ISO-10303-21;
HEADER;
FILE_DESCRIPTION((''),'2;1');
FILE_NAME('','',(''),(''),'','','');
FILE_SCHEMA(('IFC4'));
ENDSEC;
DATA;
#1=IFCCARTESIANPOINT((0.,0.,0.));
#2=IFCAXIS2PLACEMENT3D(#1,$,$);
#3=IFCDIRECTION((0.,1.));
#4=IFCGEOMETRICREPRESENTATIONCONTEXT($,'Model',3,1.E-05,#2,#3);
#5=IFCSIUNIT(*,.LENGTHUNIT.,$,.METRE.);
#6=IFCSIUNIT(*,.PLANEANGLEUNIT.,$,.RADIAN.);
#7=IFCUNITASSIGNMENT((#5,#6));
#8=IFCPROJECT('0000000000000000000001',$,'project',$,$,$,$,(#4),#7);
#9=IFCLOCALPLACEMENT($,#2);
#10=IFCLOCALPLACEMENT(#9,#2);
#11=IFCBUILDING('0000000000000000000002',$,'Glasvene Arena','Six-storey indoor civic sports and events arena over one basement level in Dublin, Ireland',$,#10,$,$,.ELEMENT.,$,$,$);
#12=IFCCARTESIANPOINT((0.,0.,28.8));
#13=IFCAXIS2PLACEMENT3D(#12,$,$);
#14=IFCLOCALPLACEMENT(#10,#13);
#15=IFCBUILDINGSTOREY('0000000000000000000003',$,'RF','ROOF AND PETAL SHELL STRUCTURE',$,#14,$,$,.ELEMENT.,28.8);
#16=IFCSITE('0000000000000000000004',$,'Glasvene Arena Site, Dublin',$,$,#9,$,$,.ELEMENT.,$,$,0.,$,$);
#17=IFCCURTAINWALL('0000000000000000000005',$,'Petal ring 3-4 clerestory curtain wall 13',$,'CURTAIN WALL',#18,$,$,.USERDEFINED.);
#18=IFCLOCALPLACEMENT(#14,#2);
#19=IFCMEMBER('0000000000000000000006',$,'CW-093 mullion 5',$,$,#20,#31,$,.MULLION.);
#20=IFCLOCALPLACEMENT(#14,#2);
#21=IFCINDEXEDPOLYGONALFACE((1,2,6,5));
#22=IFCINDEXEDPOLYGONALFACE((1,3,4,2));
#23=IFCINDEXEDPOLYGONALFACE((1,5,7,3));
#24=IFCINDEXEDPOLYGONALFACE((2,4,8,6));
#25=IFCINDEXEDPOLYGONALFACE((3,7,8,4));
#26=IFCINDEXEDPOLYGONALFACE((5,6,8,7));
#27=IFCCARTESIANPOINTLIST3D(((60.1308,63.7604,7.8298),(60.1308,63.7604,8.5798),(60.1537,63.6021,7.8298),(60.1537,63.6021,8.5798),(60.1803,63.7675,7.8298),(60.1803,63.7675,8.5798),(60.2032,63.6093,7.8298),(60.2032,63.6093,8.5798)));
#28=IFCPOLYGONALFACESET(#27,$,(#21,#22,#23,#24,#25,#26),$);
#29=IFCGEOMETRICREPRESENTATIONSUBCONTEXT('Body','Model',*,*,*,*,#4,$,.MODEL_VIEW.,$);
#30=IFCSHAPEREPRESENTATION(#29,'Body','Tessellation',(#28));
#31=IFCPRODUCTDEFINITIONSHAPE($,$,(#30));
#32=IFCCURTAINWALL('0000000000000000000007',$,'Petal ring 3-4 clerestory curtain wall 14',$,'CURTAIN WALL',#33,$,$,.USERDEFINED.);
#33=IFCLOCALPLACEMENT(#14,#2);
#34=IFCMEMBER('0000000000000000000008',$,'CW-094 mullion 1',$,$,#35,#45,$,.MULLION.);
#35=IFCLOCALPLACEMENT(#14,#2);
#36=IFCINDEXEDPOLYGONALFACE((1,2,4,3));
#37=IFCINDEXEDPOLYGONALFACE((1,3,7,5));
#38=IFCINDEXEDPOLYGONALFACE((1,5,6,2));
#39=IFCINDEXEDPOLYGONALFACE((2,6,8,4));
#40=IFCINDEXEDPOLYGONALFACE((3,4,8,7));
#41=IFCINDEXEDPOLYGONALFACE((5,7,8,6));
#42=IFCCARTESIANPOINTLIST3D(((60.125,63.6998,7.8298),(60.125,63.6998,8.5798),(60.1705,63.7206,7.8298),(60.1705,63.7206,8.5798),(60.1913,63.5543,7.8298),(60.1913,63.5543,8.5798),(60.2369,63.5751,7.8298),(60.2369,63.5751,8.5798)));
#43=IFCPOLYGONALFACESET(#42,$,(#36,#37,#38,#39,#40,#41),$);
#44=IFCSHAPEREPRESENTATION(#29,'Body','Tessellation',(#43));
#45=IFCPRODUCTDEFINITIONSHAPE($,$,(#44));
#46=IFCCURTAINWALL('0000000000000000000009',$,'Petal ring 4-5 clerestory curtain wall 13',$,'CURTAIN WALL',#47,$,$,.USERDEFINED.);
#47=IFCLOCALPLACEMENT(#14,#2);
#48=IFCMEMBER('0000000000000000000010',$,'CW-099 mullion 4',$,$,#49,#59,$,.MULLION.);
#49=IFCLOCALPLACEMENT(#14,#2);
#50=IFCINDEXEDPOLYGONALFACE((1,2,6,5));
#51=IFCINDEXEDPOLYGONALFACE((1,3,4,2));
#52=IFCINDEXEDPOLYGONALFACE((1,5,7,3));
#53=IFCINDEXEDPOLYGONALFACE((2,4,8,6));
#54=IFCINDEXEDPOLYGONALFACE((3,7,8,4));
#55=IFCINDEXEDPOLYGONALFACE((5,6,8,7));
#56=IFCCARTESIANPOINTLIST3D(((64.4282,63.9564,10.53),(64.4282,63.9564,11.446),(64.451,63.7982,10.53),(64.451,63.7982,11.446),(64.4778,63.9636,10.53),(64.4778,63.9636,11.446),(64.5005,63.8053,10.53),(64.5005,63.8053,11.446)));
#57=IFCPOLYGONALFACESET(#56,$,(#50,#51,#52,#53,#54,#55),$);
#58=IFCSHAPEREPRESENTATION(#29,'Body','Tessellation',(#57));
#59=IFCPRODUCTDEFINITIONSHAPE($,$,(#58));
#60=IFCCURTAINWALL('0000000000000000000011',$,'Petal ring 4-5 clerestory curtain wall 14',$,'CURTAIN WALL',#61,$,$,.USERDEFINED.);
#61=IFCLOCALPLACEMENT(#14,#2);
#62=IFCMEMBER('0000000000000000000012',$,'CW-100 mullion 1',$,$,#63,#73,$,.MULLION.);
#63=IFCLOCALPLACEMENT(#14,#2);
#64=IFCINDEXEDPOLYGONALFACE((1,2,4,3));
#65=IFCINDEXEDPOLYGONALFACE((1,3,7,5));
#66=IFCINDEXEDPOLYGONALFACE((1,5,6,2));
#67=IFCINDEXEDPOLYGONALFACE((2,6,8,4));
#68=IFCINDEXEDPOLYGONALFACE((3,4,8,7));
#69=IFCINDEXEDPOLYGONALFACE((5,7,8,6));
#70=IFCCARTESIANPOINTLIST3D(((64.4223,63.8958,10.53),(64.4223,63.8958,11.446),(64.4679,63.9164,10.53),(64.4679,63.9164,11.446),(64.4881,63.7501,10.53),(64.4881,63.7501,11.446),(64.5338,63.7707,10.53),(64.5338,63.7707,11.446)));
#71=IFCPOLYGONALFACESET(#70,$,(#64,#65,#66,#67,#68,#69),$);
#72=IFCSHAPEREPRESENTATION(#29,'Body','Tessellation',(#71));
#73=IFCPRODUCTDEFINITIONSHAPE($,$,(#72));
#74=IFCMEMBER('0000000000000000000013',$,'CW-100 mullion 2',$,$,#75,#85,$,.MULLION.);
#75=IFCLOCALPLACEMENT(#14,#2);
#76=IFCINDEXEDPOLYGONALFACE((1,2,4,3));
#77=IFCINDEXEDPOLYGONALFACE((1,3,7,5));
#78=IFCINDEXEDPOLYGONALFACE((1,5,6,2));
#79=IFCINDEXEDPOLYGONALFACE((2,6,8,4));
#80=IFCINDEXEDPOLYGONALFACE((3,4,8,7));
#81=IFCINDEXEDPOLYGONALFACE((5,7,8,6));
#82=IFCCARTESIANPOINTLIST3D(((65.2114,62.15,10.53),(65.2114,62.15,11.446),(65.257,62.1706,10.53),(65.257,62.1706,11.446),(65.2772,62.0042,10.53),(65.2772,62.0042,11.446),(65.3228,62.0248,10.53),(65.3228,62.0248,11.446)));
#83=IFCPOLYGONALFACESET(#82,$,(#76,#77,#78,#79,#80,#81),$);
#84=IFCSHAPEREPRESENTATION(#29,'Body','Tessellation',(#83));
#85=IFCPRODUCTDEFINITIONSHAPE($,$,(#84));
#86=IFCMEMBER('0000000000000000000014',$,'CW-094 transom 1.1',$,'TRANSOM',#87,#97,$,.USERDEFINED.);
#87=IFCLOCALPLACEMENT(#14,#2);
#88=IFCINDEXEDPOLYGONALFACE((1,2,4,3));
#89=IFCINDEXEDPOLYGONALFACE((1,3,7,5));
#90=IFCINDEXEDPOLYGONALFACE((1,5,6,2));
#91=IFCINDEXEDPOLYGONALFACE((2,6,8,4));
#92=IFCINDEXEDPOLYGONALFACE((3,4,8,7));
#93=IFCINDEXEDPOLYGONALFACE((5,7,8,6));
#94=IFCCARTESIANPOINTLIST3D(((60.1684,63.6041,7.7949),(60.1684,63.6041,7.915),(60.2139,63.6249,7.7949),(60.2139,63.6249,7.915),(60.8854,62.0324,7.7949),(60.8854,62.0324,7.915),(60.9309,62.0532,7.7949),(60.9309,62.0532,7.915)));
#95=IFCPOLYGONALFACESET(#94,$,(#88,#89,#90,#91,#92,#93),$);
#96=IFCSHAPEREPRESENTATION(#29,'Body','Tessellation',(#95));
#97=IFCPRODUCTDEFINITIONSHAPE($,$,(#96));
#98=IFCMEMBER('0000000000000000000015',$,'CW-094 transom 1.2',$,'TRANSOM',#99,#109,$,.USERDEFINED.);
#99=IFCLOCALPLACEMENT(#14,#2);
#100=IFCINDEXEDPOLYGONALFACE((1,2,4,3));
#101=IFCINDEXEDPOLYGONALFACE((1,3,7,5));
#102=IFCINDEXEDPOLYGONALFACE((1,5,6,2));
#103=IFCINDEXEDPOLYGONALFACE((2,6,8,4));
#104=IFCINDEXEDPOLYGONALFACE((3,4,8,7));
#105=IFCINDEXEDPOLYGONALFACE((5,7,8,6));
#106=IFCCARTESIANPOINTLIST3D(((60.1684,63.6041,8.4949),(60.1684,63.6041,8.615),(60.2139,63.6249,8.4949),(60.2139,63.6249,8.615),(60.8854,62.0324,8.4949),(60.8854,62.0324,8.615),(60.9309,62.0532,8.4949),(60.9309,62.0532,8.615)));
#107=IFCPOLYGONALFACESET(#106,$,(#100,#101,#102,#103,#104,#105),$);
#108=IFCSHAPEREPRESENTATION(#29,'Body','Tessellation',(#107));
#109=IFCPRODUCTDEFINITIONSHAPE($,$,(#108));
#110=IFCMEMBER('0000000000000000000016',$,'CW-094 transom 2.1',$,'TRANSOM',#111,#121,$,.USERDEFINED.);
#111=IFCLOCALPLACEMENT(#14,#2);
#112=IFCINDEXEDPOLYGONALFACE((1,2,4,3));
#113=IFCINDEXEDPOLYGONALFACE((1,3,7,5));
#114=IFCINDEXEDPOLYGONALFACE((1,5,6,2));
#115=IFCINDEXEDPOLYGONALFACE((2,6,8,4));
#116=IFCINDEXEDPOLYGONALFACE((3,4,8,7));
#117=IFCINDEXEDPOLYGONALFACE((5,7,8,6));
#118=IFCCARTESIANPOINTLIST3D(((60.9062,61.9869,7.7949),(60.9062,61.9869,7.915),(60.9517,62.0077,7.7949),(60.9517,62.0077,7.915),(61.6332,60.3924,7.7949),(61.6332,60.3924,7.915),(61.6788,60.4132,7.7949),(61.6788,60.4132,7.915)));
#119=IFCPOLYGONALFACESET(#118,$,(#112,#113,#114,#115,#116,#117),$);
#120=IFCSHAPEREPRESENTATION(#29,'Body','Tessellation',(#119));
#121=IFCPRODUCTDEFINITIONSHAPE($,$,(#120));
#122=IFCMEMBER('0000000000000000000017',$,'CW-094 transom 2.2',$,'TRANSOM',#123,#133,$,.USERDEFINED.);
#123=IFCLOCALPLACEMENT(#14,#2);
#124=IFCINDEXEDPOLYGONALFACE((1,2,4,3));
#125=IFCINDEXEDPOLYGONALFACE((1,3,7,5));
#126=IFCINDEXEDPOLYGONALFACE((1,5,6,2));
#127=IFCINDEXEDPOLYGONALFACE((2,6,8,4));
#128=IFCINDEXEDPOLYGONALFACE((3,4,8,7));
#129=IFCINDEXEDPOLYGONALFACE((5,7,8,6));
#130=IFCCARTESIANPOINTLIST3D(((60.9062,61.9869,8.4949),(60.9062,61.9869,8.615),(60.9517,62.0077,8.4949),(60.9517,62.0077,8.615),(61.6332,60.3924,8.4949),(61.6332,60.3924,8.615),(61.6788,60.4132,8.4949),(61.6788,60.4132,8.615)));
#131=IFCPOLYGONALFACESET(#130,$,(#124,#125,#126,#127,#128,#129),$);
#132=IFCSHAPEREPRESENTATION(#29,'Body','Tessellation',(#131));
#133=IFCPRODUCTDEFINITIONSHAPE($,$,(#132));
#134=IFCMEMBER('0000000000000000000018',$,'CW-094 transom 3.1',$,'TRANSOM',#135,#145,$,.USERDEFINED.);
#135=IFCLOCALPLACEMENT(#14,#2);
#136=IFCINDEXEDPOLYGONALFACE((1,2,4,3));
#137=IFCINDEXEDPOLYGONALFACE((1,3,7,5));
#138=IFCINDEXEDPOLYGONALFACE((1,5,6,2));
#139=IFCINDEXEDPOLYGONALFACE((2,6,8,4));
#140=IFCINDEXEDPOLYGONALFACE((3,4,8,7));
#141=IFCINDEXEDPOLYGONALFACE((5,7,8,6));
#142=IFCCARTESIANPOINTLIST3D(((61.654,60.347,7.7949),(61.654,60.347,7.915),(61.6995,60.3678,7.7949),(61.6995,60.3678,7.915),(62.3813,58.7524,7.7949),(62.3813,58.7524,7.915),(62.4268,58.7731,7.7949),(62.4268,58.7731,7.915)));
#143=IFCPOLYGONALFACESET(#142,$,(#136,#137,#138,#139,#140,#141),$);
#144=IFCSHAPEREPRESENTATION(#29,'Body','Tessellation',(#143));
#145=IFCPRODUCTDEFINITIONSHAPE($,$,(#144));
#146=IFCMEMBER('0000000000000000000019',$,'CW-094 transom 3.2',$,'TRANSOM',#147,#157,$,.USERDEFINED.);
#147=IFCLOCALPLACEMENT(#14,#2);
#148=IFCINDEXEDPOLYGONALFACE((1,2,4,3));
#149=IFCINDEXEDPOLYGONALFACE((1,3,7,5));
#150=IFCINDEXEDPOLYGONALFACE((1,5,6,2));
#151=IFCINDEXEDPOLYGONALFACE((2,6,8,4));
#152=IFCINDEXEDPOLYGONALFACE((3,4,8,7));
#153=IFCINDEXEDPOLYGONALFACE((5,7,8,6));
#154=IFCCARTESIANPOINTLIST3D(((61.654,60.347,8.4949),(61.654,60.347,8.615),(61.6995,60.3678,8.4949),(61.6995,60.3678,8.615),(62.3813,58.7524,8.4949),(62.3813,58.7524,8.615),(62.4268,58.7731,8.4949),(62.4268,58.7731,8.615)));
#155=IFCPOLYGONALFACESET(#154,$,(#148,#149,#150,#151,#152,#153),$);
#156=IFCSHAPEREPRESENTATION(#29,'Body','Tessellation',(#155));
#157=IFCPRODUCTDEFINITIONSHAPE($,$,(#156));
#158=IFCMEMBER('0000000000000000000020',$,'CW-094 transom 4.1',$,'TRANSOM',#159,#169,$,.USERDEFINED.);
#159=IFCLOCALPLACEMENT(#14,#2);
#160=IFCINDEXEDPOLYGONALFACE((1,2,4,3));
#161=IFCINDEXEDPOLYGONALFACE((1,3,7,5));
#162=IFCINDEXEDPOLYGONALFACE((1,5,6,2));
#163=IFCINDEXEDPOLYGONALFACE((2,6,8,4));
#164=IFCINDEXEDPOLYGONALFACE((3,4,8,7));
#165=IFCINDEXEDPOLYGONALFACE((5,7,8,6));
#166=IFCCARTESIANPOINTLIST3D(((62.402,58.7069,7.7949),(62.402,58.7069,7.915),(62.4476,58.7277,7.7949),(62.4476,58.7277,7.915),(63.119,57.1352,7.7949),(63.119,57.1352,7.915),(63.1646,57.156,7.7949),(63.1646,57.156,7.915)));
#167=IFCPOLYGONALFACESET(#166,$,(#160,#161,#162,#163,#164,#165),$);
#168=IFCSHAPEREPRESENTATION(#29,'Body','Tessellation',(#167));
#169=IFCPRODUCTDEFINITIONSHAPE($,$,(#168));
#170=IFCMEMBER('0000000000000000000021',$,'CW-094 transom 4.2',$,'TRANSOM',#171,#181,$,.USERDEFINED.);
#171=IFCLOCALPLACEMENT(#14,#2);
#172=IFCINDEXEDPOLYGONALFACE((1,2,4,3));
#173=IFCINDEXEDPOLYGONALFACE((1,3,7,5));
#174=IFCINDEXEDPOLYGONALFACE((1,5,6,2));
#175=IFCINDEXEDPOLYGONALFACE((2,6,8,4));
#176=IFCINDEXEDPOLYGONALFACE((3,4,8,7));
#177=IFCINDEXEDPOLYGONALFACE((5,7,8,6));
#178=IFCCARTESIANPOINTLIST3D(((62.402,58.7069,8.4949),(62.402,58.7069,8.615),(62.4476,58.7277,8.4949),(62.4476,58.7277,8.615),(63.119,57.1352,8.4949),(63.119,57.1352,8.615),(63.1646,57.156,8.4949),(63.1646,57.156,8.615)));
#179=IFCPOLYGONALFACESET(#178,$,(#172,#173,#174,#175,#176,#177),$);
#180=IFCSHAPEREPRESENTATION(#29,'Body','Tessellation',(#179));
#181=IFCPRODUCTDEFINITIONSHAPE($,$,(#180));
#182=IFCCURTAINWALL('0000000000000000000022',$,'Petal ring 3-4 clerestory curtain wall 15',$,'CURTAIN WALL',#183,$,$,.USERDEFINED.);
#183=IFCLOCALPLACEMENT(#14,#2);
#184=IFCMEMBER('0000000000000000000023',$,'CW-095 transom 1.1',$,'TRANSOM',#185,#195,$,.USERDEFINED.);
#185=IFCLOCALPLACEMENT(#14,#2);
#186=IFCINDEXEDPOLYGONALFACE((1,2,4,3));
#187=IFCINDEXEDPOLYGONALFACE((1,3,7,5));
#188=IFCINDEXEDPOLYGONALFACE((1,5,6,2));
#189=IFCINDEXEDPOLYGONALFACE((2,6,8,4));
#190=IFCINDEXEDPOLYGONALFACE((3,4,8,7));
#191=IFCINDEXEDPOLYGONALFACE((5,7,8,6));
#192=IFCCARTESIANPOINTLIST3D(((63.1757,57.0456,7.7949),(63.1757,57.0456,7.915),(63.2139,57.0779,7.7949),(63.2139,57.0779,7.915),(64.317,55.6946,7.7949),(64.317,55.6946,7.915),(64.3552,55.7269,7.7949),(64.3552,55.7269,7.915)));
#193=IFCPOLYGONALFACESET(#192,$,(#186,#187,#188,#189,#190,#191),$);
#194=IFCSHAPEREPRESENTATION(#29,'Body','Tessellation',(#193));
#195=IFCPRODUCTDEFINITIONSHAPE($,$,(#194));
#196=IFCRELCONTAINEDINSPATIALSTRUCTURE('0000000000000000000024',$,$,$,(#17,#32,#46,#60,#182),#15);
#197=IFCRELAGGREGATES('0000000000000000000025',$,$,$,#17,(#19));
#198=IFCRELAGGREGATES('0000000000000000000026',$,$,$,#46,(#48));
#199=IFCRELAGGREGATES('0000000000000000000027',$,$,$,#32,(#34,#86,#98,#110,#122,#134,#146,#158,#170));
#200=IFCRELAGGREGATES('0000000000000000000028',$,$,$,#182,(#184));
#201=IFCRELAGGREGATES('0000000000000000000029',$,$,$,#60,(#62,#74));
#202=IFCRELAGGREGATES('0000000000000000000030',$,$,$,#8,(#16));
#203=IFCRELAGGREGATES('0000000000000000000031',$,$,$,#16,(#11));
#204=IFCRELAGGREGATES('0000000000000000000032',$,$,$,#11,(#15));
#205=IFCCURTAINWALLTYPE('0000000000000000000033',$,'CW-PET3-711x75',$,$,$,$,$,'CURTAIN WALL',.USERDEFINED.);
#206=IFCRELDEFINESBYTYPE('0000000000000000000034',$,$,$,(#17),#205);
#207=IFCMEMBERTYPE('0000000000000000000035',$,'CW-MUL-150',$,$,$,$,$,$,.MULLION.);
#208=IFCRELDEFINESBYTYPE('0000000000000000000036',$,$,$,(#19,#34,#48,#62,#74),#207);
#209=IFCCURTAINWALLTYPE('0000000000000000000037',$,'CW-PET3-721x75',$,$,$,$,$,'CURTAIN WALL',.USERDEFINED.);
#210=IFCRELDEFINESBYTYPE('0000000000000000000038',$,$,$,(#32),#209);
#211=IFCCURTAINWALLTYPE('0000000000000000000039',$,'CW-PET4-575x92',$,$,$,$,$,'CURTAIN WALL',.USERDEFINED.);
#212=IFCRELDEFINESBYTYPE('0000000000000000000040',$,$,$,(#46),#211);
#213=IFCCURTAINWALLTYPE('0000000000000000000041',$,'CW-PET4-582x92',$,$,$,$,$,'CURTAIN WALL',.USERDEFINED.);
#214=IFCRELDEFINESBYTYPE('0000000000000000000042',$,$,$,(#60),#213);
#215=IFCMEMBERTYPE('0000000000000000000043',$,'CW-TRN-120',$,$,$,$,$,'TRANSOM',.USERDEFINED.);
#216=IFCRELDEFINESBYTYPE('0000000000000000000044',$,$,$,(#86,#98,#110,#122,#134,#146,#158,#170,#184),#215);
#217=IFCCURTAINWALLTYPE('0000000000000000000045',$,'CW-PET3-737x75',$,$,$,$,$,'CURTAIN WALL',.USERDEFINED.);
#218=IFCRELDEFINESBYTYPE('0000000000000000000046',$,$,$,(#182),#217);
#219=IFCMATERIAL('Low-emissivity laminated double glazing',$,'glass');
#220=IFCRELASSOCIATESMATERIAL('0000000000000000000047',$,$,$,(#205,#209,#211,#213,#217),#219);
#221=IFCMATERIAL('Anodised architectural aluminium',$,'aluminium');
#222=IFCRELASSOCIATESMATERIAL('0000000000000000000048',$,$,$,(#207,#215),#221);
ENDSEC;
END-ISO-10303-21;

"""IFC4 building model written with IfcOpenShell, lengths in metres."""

from ifc_helpers import new_model, si_unit, direction, frame, origin, origin_2d, place, context, subcontext, project, spatial, rectangle, extrude, material, material_profile, profile_set, type_object, element, aggregate, save


model = new_model("IFC4")

# Units and contexts
model_context = context("Model", 3, precision=1e-05, world=origin(), true_north=direction((0.0, 1.0)))
body_context = subcontext(model_context, "Body", "Model", "MODEL_VIEW")
ifc_project = project(units=[si_unit("LENGTHUNIT", "METRE"), si_unit("PLANEANGLEUNIT", "RADIAN")], contexts=[model_context])

# Site, building, storey
site_placement = place(None, origin())
site = spatial("IfcSite", under=ifc_project, at=site_placement, Name="Glasvene Arena Site, Dublin", CompositionType="ELEMENT", RefElevation=0.0)
building_placement = place(site_placement, origin())
building = spatial("IfcBuilding", under=site, at=building_placement, Name="Glasvene Arena", Description="Six-storey indoor civic sports and events arena over one basement level in Dublin, Ireland", CompositionType="ELEMENT")
storey_placement = place(building_placement, frame((0.0, 0.0, 28.8)))
storey = spatial("IfcBuildingStorey", under=building, at=storey_placement, Name="RF", Description="ROOF AND PETAL SHELL STRUCTURE", CompositionType="ELEMENT", Elevation=28.8)

# Curtain walls, members
ifc_material_1 = material(Name="Low-emissivity laminated double glazing", Category="glass")
curtain_wall_type_1 = type_object("IfcCurtainWallType", Name="CW-PET3-711x75", ElementType="CURTAIN WALL", PredefinedType="USERDEFINED", material=ifc_material_1)
curtain_wall_1_placement = place(storey_placement, frame((59.1499, 70.7, 0.0)))
curtain_wall_1 = element("IfcCurtainWall", 1, at=curtain_wall_1_placement, inside=storey, type_object=curtain_wall_type_1, Name="Petal ring 3-4 clerestory curtain wall 13", ObjectType="CURTAIN WALL", PredefinedType="USERDEFINED")
ifc_material_2 = material(Name="Anodised architectural aluminium", Category="aluminium")
ifc_material_profile_1 = material_profile(ifc_material_2, rectangle(XDim=0.05, YDim=0.1599, at=origin_2d()), Name="ALU MULLION 50x160")
ifc_profile_set_1 = profile_set([ifc_material_profile_1], Name="Anodised architectural aluminium")
member_type_1 = type_object("IfcMemberType", Name="CW-MUL-150", PredefinedType="MULLION", material=ifc_profile_set_1)
member_1_placement = place(storey_placement, frame((60.167, 63.6848, 7.8298), z_axis=(0.0, 0.0, 1.0), x_axis=(0.989656, 0.14346, 0.0)))
member_1 = element("IfcMember", 2, at=member_1_placement, type_object=member_type_1, Name="CW-093 mullion 5", PredefinedType="MULLION", context=body_context, shape_type="SweptSolid", body=[
    extrude(rectangle(XDim=0.05, YDim=0.1599, at=origin_2d()), origin(), (0.0, 0.0, 1.0), 0.75),
])
aggregate(curtain_wall_1, [member_1])
curtain_wall_type_2 = type_object("IfcCurtainWallType", Name="CW-PET3-721x75", ElementType="CURTAIN WALL", PredefinedType="USERDEFINED", material=ifc_material_1)
curtain_wall_2_placement = place(storey_placement, frame((60.1704, 63.6602, 0.0)))
curtain_wall_2 = element("IfcCurtainWall", 3, at=curtain_wall_2_placement, inside=storey, type_object=curtain_wall_type_2, Name="Petal ring 3-4 clerestory curtain wall 14", ObjectType="CURTAIN WALL", PredefinedType="USERDEFINED")
member_2_placement = place(storey_placement, frame((60.1809, 63.6375, 7.8298), z_axis=(0.0, 0.0, 1.0), x_axis=(0.909836, 0.414968, 0.0)))
member_2 = element("IfcMember", 4, at=member_2_placement, type_object=member_type_1, Name="CW-094 mullion 1", PredefinedType="MULLION", context=body_context, shape_type="SweptSolid", body=[
    extrude(rectangle(XDim=0.05, YDim=0.1599, at=origin_2d()), origin(), (0.0, 0.0, 1.0), 0.75),
])
curtain_wall_type_3 = type_object("IfcCurtainWallType", Name="CW-PET4-575x92", ElementType="CURTAIN WALL", PredefinedType="USERDEFINED", material=ifc_material_1)
curtain_wall_3_placement = place(storey_placement, frame((63.6499, 69.55, 0.0)))
curtain_wall_3 = element("IfcCurtainWall", 5, at=curtain_wall_3_placement, inside=storey, type_object=curtain_wall_type_3, Name="Petal ring 4-5 clerestory curtain wall 13", ObjectType="CURTAIN WALL", PredefinedType="USERDEFINED")
member_3_placement = place(storey_placement, frame((64.4644, 63.8809, 10.53), z_axis=(0.0, 0.0, 1.0), x_axis=(0.989843, 0.142166, 0.0)))
member_3 = element("IfcMember", 6, at=member_3_placement, type_object=member_type_1, Name="CW-099 mullion 4", PredefinedType="MULLION", context=body_context, shape_type="SweptSolid", body=[
    extrude(rectangle(XDim=0.05, YDim=0.1599, at=origin_2d()), origin(), (0.0, 0.0, 1.0), 0.916),
])
aggregate(curtain_wall_3, [member_3])

# Curtain wall, members
curtain_wall_type_4 = type_object("IfcCurtainWallType", Name="CW-PET4-582x92", ElementType="CURTAIN WALL", PredefinedType="USERDEFINED", material=ifc_material_1)
curtain_wall_4_placement = place(storey_placement, frame((64.4678, 63.856, 0.0)))
curtain_wall_4 = element("IfcCurtainWall", 7, at=curtain_wall_4_placement, inside=storey, type_object=curtain_wall_type_4, Name="Petal ring 4-5 clerestory curtain wall 14", ObjectType="CURTAIN WALL", PredefinedType="USERDEFINED")
member_4_placement = place(storey_placement, frame((64.478, 63.8333, 10.53), z_axis=(0.0, 0.0, 1.0), x_axis=(0.911284, 0.411778, 0.0)))
member_4 = element("IfcMember", 8, at=member_4_placement, type_object=member_type_1, Name="CW-100 mullion 1", PredefinedType="MULLION", context=body_context, shape_type="SweptSolid", body=[
    extrude(rectangle(XDim=0.05, YDim=0.1599, at=origin_2d()), origin(), (0.0, 0.0, 1.0), 0.916),
])
member_5_placement = place(storey_placement, frame((65.2671, 62.0874, 10.53), z_axis=(0.0, 0.0, 1.0), x_axis=(0.911284, 0.411778, 0.0)))
member_5 = element("IfcMember", 9, at=member_5_placement, type_object=member_type_1, Name="CW-100 mullion 2", PredefinedType="MULLION", context=body_context, shape_type="SweptSolid", body=[
    extrude(rectangle(XDim=0.05, YDim=0.1599, at=origin_2d()), origin(), (0.0, 0.0, 1.0), 0.916),
])

# Members
ifc_material_profile_2 = material_profile(ifc_material_2, rectangle(XDim=0.05, YDim=0.1201, at=origin_2d()), Name="ALU TRANSOM 50x120")
ifc_profile_set_2 = profile_set([ifc_material_profile_2], Name="Anodised architectural aluminium")
member_type_2 = type_object("IfcMemberType", Name="CW-TRN-120", ElementType="TRANSOM", PredefinedType="USERDEFINED", material=ifc_profile_set_2)
member_6_placement = place(storey_placement, frame((60.1912, 63.6145, 7.855), z_axis=(0.415048, -0.909799, 0.0), x_axis=(0.909799, 0.415048, 0.0)))
member_6 = element("IfcMember", 10, at=member_6_placement, type_object=member_type_2, Name="CW-094 transom 1.1", ObjectType="TRANSOM", PredefinedType="USERDEFINED", context=body_context, shape_type="SweptSolid", body=[
    extrude(rectangle(XDim=0.05, YDim=0.1201, at=origin_2d()), origin(), (0.0, 0.0, 1.0), 1.7275),
])
member_7_placement = place(storey_placement, frame((60.1912, 63.6145, 8.5549), z_axis=(0.415048, -0.909799, 0.0), x_axis=(0.909799, 0.415048, 0.0)))
member_7 = element("IfcMember", 11, at=member_7_placement, type_object=member_type_2, Name="CW-094 transom 1.2", ObjectType="TRANSOM", PredefinedType="USERDEFINED", context=body_context, shape_type="SweptSolid", body=[
    extrude(rectangle(XDim=0.05, YDim=0.1201, at=origin_2d()), origin(), (0.0, 0.0, 1.0), 1.7275),
])
member_8_placement = place(storey_placement, frame((60.929, 61.9973, 7.855), z_axis=(0.414884, -0.909874, 0.0), x_axis=(0.909874, 0.414884, 0.0)))
member_8 = element("IfcMember", 12, at=member_8_placement, type_object=member_type_2, Name="CW-094 transom 2.1", ObjectType="TRANSOM", PredefinedType="USERDEFINED", context=body_context, shape_type="SweptSolid", body=[
    extrude(rectangle(XDim=0.05, YDim=0.1201, at=origin_2d()), origin(), (0.0, 0.0, 1.0), 1.7524),
])
member_9_placement = place(storey_placement, frame((60.929, 61.9973, 8.5549), z_axis=(0.414884, -0.909874, 0.0), x_axis=(0.909874, 0.414884, 0.0)))
member_9 = element("IfcMember", 13, at=member_9_placement, type_object=member_type_2, Name="CW-094 transom 2.2", ObjectType="TRANSOM", PredefinedType="USERDEFINED", context=body_context, shape_type="SweptSolid", body=[
    extrude(rectangle(XDim=0.05, YDim=0.1201, at=origin_2d()), origin(), (0.0, 0.0, 1.0), 1.7524),
])
member_10_placement = place(storey_placement, frame((61.6768, 60.3574, 7.855), z_axis=(0.414947, -0.909846, 0.0), x_axis=(0.909846, 0.414947, 0.0)))
member_10 = element("IfcMember", 14, at=member_10_placement, type_object=member_type_2, Name="CW-094 transom 3.1", ObjectType="TRANSOM", PredefinedType="USERDEFINED", context=body_context, shape_type="SweptSolid", body=[
    extrude(rectangle(XDim=0.05, YDim=0.1201, at=origin_2d()), origin(), (0.0, 0.0, 1.0), 1.7527),
])
member_11_placement = place(storey_placement, frame((61.6768, 60.3574, 8.5549), z_axis=(0.414947, -0.909846, 0.0), x_axis=(0.909846, 0.414947, 0.0)))
member_11 = element("IfcMember", 15, at=member_11_placement, type_object=member_type_2, Name="CW-094 transom 3.2", ObjectType="TRANSOM", PredefinedType="USERDEFINED", context=body_context, shape_type="SweptSolid", body=[
    extrude(rectangle(XDim=0.05, YDim=0.1201, at=origin_2d()), origin(), (0.0, 0.0, 1.0), 1.7527),
])
member_12_placement = place(storey_placement, frame((62.4248, 58.7173, 7.855), z_axis=(0.415048, -0.909799, 0.0), x_axis=(0.909799, 0.415048, 0.0)))
member_12 = element("IfcMember", 16, at=member_12_placement, type_object=member_type_2, Name="CW-094 transom 4.1", ObjectType="TRANSOM", PredefinedType="USERDEFINED", context=body_context, shape_type="SweptSolid", body=[
    extrude(rectangle(XDim=0.05, YDim=0.1201, at=origin_2d()), origin(), (0.0, 0.0, 1.0), 1.7275),
])
member_13_placement = place(storey_placement, frame((62.4248, 58.7173, 8.5549), z_axis=(0.415048, -0.909799, 0.0), x_axis=(0.909799, 0.415048, 0.0)))
member_13 = element("IfcMember", 17, at=member_13_placement, type_object=member_type_2, Name="CW-094 transom 4.2", ObjectType="TRANSOM", PredefinedType="USERDEFINED", context=body_context, shape_type="SweptSolid", body=[
    extrude(rectangle(XDim=0.05, YDim=0.1201, at=origin_2d()), origin(), (0.0, 0.0, 1.0), 1.7275),
])

# Curtain wall, member
curtain_wall_type_5 = type_object("IfcCurtainWallType", Name="CW-PET3-737x75", ElementType="CURTAIN WALL", PredefinedType="USERDEFINED", material=ifc_material_1)
curtain_wall_5_placement = place(storey_placement, frame((63.1626, 57.1001, 0.0)))
curtain_wall_5 = element("IfcCurtainWall", 18, at=curtain_wall_5_placement, inside=storey, type_object=curtain_wall_type_5, Name="Petal ring 3-4 clerestory curtain wall 15", ObjectType="CURTAIN WALL", PredefinedType="USERDEFINED")
member_14_placement = place(storey_placement, frame((63.1948, 57.0618, 7.855), z_axis=(0.645329, -0.763904, 0.0), x_axis=(0.763904, 0.645329, 0.0)))
member_14 = element("IfcMember", 19, at=member_14_placement, type_object=member_type_2, Name="CW-095 transom 1.1", ObjectType="TRANSOM", PredefinedType="USERDEFINED", context=body_context, shape_type="SweptSolid", body=[
    extrude(rectangle(XDim=0.05, YDim=0.1201, at=origin_2d()), origin(), (0.0, 0.0, 1.0), 1.7686),
])

aggregate(curtain_wall_2, [member_2, member_6, member_7, member_8, member_9, member_10, member_11, member_12, member_13])
aggregate(curtain_wall_5, [member_14])
aggregate(curtain_wall_4, [member_4, member_5])

save(model, "model.ifc")
